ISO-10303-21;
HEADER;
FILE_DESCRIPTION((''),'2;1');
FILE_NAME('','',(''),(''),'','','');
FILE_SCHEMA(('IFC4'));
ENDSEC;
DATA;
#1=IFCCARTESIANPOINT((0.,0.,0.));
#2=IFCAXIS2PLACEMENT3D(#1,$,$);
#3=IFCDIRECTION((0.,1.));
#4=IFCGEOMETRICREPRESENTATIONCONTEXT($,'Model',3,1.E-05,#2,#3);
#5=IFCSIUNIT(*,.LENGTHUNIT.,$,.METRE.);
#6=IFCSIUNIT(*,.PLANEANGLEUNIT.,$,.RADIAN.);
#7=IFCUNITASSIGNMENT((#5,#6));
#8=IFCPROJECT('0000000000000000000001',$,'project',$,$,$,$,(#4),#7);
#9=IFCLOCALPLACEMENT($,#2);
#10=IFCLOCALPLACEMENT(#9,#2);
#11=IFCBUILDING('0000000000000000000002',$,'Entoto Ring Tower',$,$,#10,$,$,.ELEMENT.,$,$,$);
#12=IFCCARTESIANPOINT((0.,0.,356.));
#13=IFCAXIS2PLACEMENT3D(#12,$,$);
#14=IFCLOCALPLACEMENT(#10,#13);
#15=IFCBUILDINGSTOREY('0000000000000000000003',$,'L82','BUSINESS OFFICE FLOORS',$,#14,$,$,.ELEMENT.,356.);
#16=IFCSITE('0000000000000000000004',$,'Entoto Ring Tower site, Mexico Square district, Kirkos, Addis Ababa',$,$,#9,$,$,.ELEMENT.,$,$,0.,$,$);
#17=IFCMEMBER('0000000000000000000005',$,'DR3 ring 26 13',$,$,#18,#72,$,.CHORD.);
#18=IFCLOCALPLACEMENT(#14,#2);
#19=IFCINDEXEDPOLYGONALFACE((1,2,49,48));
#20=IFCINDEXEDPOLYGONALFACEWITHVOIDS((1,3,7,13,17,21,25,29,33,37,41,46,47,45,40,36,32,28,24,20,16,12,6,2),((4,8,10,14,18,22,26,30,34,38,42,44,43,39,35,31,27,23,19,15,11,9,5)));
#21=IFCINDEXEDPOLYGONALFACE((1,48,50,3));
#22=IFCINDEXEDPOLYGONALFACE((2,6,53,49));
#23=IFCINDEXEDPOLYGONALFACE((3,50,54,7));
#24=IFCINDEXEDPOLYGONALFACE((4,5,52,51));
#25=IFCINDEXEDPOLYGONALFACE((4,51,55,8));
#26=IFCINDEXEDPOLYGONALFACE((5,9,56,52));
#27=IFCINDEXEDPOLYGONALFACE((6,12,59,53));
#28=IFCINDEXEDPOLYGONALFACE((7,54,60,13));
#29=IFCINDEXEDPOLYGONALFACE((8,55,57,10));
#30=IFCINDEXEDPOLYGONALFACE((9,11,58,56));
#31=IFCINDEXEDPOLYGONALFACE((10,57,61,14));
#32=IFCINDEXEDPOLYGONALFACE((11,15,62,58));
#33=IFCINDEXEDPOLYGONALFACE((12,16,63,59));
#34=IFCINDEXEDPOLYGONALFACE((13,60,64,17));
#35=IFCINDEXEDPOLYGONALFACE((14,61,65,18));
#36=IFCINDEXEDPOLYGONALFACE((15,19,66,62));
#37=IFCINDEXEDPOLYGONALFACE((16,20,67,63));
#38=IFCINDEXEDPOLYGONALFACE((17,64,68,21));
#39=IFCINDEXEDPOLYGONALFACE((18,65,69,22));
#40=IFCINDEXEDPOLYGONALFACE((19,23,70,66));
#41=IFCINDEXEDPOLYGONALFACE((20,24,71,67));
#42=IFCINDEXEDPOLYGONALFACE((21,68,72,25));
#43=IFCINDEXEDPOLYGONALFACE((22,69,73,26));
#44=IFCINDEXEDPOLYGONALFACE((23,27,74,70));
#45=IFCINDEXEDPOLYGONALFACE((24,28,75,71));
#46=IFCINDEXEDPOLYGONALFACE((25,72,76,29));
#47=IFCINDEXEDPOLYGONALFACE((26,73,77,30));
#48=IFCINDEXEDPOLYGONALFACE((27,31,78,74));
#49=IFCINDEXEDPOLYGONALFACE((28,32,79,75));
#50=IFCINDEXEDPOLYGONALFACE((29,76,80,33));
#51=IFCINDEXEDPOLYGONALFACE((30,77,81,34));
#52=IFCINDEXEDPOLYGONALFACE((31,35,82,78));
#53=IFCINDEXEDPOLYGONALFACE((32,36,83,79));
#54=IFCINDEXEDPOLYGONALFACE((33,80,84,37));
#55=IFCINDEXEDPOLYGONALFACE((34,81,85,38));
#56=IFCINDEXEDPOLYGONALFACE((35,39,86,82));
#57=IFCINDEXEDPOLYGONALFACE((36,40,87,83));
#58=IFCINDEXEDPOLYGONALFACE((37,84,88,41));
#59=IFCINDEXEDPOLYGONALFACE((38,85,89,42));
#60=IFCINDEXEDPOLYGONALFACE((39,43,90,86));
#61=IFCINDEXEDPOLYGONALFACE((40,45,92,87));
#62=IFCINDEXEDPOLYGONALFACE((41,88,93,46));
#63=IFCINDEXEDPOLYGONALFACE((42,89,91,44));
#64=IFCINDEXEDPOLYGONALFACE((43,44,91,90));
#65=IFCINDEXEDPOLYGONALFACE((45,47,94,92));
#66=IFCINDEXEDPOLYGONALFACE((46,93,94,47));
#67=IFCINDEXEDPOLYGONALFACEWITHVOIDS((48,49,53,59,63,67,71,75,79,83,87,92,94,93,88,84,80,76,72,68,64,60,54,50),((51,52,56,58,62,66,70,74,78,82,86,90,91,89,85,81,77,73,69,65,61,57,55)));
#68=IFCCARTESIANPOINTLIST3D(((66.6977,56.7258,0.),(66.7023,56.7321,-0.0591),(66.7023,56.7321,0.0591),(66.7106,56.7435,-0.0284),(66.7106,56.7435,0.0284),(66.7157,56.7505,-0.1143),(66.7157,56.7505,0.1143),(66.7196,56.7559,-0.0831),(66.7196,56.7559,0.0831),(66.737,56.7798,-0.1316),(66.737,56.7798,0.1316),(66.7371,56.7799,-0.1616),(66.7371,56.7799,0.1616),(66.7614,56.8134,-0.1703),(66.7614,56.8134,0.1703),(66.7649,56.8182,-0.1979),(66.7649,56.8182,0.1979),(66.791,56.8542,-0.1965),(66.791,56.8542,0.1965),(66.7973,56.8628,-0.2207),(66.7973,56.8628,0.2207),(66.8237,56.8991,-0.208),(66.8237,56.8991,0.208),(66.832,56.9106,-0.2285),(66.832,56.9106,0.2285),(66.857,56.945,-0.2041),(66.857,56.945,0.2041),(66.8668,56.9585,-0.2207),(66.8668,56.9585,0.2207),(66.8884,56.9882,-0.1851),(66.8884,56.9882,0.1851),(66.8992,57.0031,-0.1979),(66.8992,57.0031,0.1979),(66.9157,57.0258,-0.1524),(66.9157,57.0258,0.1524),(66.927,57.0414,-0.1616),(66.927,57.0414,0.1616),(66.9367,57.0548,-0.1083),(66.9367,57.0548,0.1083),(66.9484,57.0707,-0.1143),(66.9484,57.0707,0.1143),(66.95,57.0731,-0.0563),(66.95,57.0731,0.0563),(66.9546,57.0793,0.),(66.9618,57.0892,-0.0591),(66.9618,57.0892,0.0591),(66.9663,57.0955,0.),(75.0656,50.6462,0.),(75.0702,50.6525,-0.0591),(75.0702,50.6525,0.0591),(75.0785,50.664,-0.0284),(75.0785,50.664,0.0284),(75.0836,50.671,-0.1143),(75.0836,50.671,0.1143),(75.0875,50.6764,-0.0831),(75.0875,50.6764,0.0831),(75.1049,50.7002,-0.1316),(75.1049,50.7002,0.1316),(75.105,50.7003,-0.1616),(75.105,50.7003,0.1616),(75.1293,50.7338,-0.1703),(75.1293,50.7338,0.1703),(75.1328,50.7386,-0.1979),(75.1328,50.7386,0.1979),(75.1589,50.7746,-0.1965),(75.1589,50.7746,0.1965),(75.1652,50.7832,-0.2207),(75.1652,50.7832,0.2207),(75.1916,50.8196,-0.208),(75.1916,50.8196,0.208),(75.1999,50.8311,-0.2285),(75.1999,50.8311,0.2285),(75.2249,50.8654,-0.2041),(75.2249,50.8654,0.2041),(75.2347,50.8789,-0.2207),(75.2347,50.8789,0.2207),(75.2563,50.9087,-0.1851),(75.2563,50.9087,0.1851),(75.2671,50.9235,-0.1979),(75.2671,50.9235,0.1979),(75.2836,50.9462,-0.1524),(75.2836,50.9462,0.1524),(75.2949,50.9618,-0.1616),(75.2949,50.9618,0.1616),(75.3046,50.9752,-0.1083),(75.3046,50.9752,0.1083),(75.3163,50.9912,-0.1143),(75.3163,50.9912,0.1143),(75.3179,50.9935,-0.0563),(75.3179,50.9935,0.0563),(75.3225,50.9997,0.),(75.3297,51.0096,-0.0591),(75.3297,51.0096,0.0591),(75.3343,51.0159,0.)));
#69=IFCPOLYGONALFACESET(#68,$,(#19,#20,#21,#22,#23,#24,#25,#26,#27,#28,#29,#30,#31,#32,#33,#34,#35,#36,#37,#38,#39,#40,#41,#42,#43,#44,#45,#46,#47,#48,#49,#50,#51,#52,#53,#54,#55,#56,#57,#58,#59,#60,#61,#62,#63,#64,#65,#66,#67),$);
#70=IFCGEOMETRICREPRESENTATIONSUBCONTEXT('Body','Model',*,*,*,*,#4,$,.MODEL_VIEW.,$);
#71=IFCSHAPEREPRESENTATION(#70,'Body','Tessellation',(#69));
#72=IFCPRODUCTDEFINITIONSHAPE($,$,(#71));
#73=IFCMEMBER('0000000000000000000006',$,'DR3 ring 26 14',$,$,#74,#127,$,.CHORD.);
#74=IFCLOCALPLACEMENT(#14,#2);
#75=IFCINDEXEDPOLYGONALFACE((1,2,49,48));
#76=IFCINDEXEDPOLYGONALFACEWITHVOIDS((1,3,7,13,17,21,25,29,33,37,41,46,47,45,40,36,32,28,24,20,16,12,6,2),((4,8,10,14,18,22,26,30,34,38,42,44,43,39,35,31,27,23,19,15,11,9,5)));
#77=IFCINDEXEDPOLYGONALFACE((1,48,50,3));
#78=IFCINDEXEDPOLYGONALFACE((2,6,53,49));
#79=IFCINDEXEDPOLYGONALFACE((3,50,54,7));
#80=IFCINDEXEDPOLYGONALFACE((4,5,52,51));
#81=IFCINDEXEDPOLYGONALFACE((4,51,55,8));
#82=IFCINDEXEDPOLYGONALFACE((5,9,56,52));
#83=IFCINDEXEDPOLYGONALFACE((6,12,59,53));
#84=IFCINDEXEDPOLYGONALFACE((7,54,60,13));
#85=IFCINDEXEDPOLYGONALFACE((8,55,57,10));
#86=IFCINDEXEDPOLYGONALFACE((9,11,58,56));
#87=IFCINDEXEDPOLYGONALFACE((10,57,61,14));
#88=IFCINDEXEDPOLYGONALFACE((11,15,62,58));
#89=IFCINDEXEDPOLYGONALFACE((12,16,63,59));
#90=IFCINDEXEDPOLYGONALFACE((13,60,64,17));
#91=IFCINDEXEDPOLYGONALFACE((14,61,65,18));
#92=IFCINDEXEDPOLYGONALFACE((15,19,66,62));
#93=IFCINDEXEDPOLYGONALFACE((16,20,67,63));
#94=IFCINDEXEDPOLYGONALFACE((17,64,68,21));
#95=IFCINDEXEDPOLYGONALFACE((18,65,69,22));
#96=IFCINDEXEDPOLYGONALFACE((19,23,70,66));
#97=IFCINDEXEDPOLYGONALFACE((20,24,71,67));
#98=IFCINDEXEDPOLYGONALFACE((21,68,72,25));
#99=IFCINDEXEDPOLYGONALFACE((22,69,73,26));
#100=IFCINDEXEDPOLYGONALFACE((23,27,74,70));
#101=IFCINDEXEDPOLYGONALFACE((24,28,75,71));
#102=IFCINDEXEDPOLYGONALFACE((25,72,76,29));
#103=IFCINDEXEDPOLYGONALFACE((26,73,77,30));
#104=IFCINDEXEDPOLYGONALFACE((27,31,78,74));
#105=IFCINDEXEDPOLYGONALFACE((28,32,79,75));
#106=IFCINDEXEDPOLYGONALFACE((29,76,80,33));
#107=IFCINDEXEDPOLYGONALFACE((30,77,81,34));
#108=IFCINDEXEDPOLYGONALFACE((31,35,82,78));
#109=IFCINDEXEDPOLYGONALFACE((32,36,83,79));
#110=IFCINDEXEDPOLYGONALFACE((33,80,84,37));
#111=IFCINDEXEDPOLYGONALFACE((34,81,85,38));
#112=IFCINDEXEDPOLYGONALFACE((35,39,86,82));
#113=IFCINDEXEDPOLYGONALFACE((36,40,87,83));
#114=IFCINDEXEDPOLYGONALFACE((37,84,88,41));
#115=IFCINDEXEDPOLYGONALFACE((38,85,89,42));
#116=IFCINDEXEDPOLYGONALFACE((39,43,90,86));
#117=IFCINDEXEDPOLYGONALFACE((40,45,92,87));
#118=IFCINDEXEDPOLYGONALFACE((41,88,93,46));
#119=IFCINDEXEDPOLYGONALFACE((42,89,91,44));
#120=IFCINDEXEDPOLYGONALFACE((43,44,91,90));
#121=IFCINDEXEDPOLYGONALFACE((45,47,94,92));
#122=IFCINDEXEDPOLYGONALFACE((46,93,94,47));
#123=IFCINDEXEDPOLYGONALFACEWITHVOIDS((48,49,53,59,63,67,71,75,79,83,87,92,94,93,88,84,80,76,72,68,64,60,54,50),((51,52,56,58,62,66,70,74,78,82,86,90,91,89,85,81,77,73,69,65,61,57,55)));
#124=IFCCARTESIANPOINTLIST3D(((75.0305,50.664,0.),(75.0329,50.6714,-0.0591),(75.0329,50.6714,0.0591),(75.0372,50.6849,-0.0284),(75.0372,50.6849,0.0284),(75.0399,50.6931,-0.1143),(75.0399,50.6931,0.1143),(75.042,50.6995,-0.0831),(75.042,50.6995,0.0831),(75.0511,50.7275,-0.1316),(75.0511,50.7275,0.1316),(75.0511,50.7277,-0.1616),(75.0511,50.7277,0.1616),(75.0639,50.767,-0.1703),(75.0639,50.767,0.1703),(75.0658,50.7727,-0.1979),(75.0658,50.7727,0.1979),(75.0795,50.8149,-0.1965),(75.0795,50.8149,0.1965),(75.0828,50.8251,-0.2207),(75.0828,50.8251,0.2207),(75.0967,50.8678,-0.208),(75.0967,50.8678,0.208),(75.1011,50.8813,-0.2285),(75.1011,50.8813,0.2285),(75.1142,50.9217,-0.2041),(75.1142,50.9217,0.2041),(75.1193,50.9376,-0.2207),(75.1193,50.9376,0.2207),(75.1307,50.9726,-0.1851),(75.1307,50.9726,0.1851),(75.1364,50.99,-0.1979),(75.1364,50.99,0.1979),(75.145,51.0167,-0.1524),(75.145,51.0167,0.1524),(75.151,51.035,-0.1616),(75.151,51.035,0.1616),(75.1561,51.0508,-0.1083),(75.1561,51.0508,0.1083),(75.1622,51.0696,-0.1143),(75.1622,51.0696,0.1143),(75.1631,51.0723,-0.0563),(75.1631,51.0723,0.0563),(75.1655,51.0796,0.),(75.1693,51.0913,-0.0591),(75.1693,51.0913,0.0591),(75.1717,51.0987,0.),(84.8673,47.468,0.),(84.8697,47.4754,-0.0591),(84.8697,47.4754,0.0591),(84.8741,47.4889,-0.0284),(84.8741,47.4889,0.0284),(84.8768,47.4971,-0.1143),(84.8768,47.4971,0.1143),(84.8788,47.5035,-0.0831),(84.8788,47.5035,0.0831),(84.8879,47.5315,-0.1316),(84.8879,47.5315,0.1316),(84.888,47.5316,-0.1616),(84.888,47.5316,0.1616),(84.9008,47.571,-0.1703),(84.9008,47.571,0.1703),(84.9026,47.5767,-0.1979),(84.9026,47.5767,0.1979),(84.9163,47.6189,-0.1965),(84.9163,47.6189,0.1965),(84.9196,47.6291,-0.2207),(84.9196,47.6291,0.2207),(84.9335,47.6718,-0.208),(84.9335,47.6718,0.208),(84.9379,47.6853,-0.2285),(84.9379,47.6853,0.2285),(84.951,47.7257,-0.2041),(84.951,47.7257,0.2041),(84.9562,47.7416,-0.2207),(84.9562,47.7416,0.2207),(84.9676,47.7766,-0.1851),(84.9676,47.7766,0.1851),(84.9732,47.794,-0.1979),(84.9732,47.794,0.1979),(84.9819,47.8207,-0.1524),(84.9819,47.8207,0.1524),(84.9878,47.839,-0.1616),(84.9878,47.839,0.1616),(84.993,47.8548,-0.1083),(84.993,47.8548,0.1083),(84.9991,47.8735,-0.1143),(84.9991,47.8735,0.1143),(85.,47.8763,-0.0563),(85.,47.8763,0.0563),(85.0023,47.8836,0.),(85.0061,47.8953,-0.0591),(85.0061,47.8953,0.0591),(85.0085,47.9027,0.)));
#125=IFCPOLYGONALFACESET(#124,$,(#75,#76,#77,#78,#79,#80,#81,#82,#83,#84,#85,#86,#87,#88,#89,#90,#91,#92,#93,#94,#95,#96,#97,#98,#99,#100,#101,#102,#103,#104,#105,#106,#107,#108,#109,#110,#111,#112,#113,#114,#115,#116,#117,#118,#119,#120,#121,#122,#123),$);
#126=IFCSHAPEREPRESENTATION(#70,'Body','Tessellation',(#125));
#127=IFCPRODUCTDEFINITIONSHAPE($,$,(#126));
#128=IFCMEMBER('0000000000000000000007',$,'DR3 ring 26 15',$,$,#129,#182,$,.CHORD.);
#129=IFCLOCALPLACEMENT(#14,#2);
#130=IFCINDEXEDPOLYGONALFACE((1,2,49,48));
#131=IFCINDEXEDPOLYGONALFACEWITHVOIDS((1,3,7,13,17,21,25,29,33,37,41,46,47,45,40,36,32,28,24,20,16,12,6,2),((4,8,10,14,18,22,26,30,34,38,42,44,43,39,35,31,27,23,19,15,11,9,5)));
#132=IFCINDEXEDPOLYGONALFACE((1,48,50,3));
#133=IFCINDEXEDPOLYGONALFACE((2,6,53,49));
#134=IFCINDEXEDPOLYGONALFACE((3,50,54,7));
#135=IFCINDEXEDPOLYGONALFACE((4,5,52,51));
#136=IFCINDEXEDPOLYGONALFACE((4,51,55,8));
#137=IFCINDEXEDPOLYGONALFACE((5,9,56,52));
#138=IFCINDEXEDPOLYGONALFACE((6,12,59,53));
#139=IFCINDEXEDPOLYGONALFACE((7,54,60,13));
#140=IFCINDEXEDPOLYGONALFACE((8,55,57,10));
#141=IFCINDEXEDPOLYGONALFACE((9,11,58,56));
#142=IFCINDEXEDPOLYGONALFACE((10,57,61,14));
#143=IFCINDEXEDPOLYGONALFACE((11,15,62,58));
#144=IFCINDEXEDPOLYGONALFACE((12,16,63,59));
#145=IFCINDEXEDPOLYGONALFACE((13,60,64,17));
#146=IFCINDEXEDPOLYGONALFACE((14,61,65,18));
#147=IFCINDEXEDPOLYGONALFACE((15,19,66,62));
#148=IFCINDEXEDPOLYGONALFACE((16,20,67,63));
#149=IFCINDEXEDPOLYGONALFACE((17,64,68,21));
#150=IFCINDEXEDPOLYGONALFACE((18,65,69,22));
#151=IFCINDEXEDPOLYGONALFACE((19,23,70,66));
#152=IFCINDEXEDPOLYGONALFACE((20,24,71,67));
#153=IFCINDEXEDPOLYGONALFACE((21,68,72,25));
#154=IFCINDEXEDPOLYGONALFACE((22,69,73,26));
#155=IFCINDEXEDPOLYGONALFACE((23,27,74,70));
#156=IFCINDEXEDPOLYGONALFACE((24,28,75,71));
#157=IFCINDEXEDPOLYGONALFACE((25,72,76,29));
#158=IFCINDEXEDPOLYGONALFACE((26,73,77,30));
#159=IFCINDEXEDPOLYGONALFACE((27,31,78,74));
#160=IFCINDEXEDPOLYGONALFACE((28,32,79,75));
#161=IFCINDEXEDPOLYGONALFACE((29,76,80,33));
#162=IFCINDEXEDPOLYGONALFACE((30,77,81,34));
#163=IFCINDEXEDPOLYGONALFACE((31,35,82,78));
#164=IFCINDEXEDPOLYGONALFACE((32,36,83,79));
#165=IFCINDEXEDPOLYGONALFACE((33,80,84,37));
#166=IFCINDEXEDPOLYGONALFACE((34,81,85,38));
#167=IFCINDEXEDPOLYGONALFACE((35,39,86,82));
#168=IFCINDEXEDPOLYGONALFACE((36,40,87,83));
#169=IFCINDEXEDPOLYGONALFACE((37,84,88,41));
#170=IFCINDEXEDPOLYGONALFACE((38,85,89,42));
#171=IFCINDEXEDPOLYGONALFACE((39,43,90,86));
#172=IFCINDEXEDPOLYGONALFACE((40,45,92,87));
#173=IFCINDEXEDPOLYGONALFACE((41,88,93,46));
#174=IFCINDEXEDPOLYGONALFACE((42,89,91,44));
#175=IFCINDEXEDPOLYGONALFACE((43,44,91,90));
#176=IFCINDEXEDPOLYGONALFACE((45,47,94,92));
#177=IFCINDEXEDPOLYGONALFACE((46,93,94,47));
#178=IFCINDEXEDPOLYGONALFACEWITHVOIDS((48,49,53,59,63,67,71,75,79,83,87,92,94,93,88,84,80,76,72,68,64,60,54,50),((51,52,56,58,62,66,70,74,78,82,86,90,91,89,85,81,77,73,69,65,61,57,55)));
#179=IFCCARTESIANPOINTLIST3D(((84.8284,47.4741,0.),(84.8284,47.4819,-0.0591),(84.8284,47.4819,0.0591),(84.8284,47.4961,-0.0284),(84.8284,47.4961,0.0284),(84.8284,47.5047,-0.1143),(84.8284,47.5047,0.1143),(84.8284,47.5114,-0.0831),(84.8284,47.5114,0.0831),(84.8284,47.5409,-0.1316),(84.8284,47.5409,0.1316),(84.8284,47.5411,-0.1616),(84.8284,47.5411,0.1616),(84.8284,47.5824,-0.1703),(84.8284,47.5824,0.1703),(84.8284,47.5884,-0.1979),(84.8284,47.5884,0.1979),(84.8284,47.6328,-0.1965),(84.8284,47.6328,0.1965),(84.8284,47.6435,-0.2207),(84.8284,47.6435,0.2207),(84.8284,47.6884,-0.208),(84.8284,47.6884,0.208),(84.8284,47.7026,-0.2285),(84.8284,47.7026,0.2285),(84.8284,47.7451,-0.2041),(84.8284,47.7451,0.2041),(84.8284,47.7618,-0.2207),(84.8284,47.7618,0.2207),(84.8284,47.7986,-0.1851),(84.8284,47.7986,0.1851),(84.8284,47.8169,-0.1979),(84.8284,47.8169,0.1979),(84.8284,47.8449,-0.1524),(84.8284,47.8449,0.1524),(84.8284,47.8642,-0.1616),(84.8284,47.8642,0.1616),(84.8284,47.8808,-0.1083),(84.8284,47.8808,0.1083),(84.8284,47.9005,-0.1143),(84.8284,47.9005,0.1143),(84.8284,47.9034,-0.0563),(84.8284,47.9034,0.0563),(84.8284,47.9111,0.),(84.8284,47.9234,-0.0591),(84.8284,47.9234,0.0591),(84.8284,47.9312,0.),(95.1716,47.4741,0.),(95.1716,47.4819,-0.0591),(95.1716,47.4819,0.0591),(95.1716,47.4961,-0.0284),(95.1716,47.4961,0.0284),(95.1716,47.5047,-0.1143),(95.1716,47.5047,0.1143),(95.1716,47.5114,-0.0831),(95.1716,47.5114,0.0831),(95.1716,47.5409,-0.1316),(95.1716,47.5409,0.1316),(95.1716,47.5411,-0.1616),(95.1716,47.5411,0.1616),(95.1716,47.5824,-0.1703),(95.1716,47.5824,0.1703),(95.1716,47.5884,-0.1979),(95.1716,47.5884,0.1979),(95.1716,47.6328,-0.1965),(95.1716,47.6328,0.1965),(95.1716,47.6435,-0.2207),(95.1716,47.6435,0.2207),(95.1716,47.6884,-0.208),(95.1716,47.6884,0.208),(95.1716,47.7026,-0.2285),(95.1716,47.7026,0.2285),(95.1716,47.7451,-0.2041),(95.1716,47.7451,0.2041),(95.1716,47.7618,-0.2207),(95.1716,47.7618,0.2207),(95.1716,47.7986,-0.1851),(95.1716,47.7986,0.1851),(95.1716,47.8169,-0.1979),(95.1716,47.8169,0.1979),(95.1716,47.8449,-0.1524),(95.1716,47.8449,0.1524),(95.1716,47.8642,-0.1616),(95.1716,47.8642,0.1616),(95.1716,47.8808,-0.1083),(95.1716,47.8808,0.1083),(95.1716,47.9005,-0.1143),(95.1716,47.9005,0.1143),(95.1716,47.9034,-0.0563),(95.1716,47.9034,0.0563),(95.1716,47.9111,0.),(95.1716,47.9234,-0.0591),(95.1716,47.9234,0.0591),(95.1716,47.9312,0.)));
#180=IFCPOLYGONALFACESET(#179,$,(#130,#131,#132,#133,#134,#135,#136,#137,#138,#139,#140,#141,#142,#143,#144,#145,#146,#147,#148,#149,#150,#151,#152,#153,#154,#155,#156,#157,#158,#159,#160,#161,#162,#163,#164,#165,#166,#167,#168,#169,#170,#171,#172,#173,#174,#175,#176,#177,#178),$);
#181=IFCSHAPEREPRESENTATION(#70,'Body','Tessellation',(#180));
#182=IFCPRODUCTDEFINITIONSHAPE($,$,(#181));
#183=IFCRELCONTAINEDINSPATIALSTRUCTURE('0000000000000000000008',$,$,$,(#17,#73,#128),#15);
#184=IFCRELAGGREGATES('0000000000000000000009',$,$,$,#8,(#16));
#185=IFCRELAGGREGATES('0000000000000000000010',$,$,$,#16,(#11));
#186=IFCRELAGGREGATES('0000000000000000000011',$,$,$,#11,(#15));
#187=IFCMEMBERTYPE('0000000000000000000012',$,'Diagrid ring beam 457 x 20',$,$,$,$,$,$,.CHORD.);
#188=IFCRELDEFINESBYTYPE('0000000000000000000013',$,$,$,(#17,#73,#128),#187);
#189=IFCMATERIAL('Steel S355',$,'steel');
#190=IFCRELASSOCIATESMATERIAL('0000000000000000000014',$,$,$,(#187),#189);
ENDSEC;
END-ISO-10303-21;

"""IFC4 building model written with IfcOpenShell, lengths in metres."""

from ifc_helpers import new_model, si_unit, direction, frame, origin, origin_2d, place, context, subcontext, project, spatial, circle, hollow_circle, extrude, material, material_profile, profile_set, type_object, element, save


model = new_model("IFC4")

# Units and contexts
model_context = context("Model", 3, precision=1e-05, world=origin(), true_north=direction((0.0, 1.0)))
body_context = subcontext(model_context, "Body", "Model", "MODEL_VIEW")
ifc_project = project(units=[si_unit("LENGTHUNIT", "METRE"), si_unit("PLANEANGLEUNIT", "RADIAN")], contexts=[model_context])

# Site, building, storey
site_placement = place(None, origin())
site = spatial("IfcSite", under=ifc_project, at=site_placement, Name="Entoto Ring Tower site, Mexico Square district, Kirkos, Addis Ababa", CompositionType="ELEMENT", RefElevation=0.0)
building_placement = place(site_placement, origin())
building = spatial("IfcBuilding", under=site, at=building_placement, Name="Entoto Ring Tower", CompositionType="ELEMENT")
storey_placement = place(building_placement, frame((0.0, 0.0, 356.0)))
storey = spatial("IfcBuildingStorey", under=building, at=storey_placement, Name="L82", Description="BUSINESS OFFICE FLOORS", CompositionType="ELEMENT", Elevation=356.0)

# Members
ifc_material_1 = material(Name="Steel S355", Category="steel")
ifc_material_profile_1 = material_profile(ifc_material_1, hollow_circle(Radius=0.2285, WallThickness=0.02, at=origin_2d()), Name="CHS 457 x 20")
ifc_material_2 = material(Name="Concrete C60/75", Category="concrete")
ifc_material_profile_2 = material_profile(ifc_material_2, circle(Radius=0.2085, at=origin_2d()), Name="Concrete C60/75 infill")
ifc_profile_set_1 = profile_set([ifc_material_profile_1, ifc_material_profile_2], Name="Steel S355")
member_type_1 = type_object("IfcMemberType", Name="Diagrid ring beam 457 x 20", PredefinedType="CHORD", material=ifc_profile_set_1)
member_1_placement = place(storey_placement, frame((66.832, 56.9106, 0.0), z_axis=(0.80902, -0.587781, 0.0), x_axis=(0.587781, 0.80902, 0.0)))
element("IfcMember", 1, at=member_1_placement, inside=storey, type_object=member_type_1, Name="DR3 ring 26 13", PredefinedType="CHORD", context=body_context, shape_type="SweptSolid", body=[
    extrude(hollow_circle(Radius=0.2285, WallThickness=0.02, at=origin_2d()), origin(), (0.0, 0.0, 1.0), 10.3433),
])
member_2_placement = place(storey_placement, frame((75.1011, 50.8813, 0.0), z_axis=(0.951061, -0.309003, 0.0), x_axis=(0.309003, 0.951061, 0.0)))
element("IfcMember", 2, at=member_2_placement, inside=storey, type_object=member_type_1, Name="DR3 ring 26 14", PredefinedType="CHORD", context=body_context, shape_type="SweptSolid", body=[
    extrude(hollow_circle(Radius=0.2285, WallThickness=0.02, at=origin_2d()), origin(), (0.0, 0.0, 1.0), 10.343),
])
member_3_placement = place(storey_placement, frame((84.8284, 47.7026, 0.0), z_axis=(1.0, 0.0, 0.0), x_axis=(0.0, 1.0, 0.0)))
element("IfcMember", 3, at=member_3_placement, inside=storey, type_object=member_type_1, Name="DR3 ring 26 15", PredefinedType="CHORD", context=body_context, shape_type="SweptSolid", body=[
    extrude(hollow_circle(Radius=0.2285, WallThickness=0.02, at=origin_2d()), origin(), (0.0, 0.0, 1.0), 10.3433),
])

save(model, "model.ifc")
